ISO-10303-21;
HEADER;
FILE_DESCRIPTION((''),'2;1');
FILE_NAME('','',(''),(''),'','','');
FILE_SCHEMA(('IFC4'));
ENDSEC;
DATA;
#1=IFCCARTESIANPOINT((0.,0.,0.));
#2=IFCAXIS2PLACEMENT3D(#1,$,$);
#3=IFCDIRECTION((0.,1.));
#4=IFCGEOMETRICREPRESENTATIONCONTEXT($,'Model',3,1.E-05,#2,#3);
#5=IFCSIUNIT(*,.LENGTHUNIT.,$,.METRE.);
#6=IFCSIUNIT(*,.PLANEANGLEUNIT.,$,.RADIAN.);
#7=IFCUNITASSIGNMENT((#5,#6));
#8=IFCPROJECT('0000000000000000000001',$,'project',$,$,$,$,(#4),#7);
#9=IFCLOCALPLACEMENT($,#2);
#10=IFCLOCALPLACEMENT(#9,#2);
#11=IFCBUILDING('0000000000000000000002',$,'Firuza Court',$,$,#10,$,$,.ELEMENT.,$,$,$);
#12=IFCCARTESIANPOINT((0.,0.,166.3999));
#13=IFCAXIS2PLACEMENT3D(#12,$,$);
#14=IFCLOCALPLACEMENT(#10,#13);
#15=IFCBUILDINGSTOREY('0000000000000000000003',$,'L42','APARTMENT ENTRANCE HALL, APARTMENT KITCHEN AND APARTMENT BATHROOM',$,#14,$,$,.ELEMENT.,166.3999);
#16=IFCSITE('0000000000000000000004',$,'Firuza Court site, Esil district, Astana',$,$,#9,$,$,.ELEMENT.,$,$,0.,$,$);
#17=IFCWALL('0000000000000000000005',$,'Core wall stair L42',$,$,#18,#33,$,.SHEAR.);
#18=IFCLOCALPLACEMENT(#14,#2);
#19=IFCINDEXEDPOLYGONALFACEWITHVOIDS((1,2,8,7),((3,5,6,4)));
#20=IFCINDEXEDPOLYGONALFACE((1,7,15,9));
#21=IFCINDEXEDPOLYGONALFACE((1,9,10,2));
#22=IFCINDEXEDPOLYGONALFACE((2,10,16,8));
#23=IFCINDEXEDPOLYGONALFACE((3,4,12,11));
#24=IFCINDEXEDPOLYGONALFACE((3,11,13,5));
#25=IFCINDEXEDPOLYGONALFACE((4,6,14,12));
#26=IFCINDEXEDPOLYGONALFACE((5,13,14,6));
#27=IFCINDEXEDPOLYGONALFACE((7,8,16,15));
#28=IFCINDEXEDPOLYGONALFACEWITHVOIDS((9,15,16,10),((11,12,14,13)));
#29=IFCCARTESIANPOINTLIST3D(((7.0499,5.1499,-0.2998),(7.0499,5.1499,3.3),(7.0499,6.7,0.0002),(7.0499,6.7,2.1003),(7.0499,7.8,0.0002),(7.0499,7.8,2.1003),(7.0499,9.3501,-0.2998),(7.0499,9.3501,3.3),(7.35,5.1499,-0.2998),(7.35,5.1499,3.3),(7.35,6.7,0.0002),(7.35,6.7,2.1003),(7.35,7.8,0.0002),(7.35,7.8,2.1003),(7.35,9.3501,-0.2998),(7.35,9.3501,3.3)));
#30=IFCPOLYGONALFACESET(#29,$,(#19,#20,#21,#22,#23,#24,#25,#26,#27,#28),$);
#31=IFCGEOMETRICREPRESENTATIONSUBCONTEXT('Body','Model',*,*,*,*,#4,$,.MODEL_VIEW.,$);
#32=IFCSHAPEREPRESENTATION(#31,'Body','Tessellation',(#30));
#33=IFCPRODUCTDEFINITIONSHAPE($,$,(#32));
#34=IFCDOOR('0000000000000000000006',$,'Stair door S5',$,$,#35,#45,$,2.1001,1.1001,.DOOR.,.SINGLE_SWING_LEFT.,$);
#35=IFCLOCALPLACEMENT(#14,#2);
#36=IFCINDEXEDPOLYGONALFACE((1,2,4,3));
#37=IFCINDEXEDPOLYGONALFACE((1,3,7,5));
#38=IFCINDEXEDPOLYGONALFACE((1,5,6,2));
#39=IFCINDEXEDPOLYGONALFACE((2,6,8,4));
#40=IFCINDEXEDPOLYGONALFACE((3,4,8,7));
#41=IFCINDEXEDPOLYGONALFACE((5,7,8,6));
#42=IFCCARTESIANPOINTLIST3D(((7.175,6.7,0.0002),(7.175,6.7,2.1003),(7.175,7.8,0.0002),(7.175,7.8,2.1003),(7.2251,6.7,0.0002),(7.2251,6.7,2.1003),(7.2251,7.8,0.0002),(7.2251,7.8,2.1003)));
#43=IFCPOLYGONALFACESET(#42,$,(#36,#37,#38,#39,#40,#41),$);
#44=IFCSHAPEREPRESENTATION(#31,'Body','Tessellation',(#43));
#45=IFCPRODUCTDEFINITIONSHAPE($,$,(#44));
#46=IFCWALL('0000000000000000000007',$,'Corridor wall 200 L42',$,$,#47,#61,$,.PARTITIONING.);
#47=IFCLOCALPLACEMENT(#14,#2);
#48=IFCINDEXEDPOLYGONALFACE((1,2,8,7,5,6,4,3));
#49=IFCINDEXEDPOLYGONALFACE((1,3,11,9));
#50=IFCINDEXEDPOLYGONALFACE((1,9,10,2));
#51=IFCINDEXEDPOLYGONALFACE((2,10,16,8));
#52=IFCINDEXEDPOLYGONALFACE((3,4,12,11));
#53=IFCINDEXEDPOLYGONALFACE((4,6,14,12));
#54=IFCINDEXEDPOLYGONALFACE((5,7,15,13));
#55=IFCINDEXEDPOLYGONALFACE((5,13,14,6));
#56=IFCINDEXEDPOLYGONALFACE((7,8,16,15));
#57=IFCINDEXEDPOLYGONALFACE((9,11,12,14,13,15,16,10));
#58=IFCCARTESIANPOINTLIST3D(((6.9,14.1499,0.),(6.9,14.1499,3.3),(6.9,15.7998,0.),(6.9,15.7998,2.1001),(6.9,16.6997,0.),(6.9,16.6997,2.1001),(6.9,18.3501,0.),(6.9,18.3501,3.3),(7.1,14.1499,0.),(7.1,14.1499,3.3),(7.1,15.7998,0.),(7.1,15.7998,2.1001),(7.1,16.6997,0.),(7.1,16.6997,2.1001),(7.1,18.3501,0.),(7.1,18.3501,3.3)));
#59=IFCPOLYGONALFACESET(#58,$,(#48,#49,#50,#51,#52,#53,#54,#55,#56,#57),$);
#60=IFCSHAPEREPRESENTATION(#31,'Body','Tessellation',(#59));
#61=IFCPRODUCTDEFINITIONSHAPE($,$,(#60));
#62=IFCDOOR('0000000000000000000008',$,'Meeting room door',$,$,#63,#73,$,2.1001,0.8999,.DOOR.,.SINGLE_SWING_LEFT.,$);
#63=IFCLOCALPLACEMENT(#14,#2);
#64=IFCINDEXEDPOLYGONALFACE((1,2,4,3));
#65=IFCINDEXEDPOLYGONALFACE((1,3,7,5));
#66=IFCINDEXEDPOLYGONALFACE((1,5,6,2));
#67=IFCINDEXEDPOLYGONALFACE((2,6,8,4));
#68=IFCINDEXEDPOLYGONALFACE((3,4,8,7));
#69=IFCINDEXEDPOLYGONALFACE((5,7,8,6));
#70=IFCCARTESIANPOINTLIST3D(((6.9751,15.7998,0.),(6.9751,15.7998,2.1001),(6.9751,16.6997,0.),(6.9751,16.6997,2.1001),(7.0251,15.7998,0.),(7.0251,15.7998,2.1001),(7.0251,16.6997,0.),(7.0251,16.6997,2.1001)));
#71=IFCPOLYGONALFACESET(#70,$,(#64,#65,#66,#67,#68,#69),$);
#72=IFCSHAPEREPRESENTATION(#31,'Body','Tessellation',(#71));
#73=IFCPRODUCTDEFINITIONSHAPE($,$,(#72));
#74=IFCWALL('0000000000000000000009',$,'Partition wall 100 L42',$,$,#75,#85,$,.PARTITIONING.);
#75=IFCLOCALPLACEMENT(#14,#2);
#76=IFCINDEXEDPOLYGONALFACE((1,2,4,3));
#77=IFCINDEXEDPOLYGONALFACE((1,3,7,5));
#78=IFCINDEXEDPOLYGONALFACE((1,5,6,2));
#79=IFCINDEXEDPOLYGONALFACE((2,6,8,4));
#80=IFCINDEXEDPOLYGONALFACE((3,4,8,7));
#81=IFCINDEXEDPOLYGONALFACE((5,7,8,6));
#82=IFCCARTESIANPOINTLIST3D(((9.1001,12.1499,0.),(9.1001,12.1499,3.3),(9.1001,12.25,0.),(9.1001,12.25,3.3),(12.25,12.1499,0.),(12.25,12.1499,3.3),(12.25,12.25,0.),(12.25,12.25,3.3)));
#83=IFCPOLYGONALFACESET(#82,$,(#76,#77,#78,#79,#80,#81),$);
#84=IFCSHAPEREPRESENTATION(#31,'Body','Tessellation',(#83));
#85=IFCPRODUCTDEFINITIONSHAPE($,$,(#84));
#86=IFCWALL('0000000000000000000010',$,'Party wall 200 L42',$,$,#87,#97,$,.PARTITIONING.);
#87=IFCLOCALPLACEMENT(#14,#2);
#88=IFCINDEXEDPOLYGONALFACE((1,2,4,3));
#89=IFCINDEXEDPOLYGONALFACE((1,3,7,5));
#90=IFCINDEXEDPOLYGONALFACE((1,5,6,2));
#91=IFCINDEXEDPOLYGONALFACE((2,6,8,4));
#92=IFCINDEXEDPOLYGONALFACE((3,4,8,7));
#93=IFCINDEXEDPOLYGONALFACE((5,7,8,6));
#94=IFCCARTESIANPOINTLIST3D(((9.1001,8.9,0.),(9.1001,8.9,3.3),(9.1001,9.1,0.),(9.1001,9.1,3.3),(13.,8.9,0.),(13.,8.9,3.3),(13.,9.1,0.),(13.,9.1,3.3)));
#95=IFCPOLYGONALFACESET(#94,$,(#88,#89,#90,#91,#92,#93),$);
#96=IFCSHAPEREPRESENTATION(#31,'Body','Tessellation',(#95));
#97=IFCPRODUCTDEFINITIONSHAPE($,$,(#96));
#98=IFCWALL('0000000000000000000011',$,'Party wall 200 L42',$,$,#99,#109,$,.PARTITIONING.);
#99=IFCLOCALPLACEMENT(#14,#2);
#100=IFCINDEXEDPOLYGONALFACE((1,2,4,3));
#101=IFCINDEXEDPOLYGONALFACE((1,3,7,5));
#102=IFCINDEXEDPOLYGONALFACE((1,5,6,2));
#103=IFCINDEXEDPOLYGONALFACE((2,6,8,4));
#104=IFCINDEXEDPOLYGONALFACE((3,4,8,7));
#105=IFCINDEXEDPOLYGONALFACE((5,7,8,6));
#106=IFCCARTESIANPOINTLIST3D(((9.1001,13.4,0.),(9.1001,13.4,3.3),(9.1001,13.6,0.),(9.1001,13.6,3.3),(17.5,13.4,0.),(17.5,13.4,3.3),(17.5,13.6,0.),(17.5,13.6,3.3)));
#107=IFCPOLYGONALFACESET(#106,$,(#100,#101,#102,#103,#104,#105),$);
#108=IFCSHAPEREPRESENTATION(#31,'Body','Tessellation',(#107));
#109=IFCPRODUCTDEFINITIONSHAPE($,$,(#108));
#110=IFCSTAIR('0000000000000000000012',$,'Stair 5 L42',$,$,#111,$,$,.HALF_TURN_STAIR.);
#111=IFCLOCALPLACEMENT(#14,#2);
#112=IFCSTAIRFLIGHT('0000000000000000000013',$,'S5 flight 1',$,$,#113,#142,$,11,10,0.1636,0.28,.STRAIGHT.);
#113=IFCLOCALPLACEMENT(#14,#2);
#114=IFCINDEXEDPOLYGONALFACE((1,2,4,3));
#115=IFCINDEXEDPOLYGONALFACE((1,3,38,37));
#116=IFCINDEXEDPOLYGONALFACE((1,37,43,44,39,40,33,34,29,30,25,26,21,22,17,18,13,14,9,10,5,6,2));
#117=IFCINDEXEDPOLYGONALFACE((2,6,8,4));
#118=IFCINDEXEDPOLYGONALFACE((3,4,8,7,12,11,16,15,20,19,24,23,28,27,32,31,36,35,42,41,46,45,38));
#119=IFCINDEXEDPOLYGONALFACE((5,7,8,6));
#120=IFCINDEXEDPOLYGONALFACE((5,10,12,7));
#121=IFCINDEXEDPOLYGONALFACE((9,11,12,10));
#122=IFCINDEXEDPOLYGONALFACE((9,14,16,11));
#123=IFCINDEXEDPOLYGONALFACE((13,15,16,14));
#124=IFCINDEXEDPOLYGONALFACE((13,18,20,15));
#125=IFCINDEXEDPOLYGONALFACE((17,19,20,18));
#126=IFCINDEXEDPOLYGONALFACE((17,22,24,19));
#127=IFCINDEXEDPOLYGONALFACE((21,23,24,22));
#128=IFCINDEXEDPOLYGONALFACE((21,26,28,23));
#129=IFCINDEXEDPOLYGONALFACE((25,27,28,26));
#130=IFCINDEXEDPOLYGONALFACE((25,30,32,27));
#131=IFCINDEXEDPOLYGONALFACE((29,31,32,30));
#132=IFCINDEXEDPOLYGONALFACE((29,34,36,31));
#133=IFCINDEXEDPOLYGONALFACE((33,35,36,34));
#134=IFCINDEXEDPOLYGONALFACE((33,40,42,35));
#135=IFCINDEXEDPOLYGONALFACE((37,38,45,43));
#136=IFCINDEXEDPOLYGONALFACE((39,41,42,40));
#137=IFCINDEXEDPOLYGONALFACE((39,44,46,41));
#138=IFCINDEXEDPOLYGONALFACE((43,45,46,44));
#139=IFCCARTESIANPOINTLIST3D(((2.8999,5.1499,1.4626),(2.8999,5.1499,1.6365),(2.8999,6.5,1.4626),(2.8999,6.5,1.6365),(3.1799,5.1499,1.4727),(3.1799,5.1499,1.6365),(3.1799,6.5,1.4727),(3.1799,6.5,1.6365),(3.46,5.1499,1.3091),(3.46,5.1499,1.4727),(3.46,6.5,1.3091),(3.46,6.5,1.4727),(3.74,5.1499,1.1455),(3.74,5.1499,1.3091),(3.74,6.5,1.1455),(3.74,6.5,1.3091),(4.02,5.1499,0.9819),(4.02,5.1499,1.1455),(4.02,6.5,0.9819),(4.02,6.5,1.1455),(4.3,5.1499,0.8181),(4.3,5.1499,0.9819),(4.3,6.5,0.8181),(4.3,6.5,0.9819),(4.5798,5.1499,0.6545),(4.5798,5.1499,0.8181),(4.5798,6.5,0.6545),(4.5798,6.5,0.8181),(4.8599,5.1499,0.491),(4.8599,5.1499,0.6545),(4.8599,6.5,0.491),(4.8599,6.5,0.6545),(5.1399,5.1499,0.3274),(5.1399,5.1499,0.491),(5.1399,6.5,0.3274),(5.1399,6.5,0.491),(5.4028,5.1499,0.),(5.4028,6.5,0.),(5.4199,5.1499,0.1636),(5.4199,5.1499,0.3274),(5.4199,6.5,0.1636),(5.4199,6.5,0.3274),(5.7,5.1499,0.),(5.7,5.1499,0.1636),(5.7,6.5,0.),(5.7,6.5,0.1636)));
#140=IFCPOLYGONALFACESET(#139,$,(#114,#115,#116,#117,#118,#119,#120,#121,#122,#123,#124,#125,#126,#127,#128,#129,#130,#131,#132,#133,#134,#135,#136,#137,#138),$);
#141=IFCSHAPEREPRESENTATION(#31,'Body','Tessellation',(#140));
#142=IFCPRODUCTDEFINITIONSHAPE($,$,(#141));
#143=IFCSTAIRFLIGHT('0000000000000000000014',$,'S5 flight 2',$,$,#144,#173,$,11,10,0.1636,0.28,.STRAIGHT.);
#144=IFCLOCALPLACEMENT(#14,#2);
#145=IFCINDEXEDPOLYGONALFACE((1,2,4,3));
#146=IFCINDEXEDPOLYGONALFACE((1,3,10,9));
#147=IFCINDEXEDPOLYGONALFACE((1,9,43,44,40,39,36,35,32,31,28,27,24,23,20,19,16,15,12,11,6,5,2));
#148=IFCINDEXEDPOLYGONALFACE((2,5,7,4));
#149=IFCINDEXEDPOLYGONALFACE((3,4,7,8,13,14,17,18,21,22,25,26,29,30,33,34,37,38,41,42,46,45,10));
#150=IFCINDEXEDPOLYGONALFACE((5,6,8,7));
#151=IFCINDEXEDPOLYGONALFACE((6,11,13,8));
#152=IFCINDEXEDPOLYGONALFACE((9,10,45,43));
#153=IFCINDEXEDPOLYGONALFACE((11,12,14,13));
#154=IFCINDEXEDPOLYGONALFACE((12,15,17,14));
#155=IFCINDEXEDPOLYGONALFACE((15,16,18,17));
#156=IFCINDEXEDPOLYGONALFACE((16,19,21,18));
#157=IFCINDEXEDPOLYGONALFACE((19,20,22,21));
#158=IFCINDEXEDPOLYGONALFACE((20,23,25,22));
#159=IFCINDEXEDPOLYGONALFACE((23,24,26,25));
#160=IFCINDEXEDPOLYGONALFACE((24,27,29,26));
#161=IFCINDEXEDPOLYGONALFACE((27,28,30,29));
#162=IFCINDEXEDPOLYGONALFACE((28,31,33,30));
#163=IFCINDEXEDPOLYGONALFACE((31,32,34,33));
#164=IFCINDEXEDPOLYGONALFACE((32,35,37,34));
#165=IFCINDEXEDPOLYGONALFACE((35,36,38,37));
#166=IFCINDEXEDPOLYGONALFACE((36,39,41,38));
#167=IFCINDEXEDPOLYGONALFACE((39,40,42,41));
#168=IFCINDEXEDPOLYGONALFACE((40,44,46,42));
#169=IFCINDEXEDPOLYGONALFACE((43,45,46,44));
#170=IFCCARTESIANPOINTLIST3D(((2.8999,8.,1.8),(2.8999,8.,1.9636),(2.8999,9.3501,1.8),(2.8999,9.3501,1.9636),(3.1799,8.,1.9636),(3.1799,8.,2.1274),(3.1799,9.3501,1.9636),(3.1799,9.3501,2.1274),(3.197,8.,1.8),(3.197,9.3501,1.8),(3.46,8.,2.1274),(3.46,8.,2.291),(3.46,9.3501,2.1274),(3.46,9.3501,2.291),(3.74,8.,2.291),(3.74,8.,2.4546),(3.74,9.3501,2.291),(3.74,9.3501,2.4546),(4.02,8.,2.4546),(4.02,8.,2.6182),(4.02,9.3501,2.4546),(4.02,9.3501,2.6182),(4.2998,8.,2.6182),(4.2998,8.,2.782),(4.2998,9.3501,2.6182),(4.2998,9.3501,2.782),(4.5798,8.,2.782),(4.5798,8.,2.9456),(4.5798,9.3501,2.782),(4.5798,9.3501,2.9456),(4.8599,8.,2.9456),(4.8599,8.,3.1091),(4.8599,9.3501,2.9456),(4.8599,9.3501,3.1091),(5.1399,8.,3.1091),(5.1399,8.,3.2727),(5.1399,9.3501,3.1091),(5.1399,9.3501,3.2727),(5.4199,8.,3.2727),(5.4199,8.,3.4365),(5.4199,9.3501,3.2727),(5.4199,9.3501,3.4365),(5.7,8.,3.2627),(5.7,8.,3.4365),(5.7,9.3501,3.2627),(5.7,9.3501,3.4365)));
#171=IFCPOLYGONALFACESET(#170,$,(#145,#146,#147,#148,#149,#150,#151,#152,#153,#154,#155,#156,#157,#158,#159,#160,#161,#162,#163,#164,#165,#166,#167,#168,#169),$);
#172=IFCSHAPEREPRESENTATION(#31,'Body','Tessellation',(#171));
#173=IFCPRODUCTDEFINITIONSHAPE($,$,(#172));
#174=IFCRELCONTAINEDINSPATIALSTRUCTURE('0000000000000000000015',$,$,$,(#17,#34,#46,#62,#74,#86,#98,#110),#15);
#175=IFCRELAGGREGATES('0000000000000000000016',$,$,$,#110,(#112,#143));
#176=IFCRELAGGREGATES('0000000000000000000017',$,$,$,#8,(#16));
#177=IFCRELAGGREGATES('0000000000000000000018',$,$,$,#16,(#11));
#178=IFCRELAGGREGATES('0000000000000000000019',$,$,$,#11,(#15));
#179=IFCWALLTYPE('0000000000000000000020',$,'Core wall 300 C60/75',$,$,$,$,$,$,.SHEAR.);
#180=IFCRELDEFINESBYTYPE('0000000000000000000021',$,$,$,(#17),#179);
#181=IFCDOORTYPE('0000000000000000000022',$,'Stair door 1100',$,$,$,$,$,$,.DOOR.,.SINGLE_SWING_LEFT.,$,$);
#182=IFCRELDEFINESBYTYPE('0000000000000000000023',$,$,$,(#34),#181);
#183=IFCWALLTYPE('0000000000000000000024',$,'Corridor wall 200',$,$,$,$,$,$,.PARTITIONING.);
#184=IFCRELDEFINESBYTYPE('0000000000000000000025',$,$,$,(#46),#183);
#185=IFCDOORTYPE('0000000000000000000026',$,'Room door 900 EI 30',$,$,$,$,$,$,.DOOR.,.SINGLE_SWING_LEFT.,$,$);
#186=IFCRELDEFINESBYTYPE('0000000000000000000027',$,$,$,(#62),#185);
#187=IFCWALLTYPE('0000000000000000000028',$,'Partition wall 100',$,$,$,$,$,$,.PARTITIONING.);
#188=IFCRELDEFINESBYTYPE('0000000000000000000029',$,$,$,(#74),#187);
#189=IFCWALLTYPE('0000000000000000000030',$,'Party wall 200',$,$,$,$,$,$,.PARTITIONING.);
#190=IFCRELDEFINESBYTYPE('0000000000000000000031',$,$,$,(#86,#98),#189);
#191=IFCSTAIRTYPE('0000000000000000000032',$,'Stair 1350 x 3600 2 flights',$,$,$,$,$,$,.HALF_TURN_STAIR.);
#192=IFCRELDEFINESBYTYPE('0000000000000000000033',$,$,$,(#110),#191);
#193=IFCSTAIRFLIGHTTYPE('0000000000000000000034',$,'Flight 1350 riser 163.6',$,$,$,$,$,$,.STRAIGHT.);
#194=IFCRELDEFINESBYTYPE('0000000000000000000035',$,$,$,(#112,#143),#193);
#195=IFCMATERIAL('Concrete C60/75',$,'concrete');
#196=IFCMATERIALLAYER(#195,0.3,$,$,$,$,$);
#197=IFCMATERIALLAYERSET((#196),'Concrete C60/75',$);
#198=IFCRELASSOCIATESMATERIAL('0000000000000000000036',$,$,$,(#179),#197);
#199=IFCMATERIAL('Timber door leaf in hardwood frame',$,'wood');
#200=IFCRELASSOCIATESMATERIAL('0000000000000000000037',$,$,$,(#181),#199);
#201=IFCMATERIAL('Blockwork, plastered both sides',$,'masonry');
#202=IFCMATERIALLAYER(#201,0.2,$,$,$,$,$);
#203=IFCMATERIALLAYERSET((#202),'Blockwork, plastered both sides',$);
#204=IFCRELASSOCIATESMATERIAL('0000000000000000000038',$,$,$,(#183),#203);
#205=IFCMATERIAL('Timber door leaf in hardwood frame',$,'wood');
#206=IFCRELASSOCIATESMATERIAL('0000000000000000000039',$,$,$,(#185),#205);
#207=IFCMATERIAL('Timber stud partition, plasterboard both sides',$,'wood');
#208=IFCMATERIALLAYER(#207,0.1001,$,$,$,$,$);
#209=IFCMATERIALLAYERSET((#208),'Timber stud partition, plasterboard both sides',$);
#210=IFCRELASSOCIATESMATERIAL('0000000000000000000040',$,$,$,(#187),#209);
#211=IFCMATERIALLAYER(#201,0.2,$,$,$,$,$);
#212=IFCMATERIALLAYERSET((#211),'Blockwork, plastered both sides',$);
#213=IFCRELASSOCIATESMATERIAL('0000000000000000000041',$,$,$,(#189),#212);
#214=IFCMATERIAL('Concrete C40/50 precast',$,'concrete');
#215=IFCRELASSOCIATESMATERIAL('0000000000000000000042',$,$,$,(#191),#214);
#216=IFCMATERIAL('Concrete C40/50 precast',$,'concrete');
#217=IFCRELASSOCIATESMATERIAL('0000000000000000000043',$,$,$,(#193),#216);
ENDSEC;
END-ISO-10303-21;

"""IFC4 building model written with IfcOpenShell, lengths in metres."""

from ifc_helpers import new_model, si_unit, direction, frame, frame_2d, origin, place, context, subcontext, project, spatial, polyline, rectangle, outline, extrude, material, layer, layer_set, type_object, element, fill, aggregate, save


model = new_model("IFC4")

# Units and contexts
model_context = context("Model", 3, precision=1e-05, world=origin(), true_north=direction((0.0, 1.0)))
body_context = subcontext(model_context, "Body", "Model", "MODEL_VIEW")
ifc_project = project(units=[si_unit("LENGTHUNIT", "METRE"), si_unit("PLANEANGLEUNIT", "RADIAN")], contexts=[model_context])

# Site, building, storey
site_placement = place(None, origin())
site = spatial("IfcSite", under=ifc_project, at=site_placement, Name="Firuza Court site, Esil district, Astana", CompositionType="ELEMENT", RefElevation=0.0)
building_placement = place(site_placement, origin())
building = spatial("IfcBuilding", under=site, at=building_placement, Name="Firuza Court", CompositionType="ELEMENT")
storey_placement = place(building_placement, frame((0.0, 0.0, 166.3999)))
storey = spatial("IfcBuildingStorey", under=building, at=storey_placement, Name="L42", Description="APARTMENT ENTRANCE HALL, APARTMENT KITCHEN AND APARTMENT BATHROOM", CompositionType="ELEMENT", Elevation=166.3999)

# Shared definitions
ifc_material_1 = material(Name="Concrete C60/75", Category="concrete")
ifc_layer_1 = layer(ifc_material_1, 0.3)
ifc_layer_set_1 = layer_set([ifc_layer_1], Name="Concrete C60/75")
wall_type_1 = type_object("IfcWallType", Name="Core wall 300 C60/75", PredefinedType="SHEAR", material=ifc_layer_set_1)

# Walls, openings, doors
wall_1_placement = place(storey_placement, frame((7.2, 5.1499, -0.2998), z_axis=(0.0, 0.0, 1.0), x_axis=(0.0, 1.0, 0.0)))
wall_1 = element("IfcWall", 1, at=wall_1_placement, inside=storey, type_object=wall_type_1, Name="Core wall stair L42", PredefinedType="SHEAR", context=body_context, shape_type="SweptSolid", body=[
    extrude(rectangle(XDim=4.2002, YDim=0.3, at=frame_2d((2.1001, 0.0))), origin(), (0.0, 0.0, 1.0), 3.5999),
])
opening_1_placement = place(wall_1_placement, frame((1.55, 0.0, 0.3)))
opening_1 = element("IfcOpeningElement", 2, at=opening_1_placement, cuts=wall_1, PredefinedType="OPENING", context=body_context, shape_type="SweptSolid", body=[
    extrude(rectangle(XDim=1.1001, YDim=2.1001, at=frame_2d((0.55, 1.05))), frame((0.0, 0.1621, 0.0), z_axis=(0.0, -1.0, 0.0), x_axis=(1.0, 0.0, 0.0)), (0.0, 0.0, 1.0), 0.324),
])
ifc_material_2 = material(Name="Timber door leaf in hardwood frame", Category="wood")
door_type_1 = type_object("IfcDoorType", Name="Stair door 1100", OperationType="SINGLE_SWING_LEFT", PredefinedType="DOOR", material=ifc_material_2)
door_1_placement = place(opening_1_placement, origin())
door_1 = element("IfcDoor", 3, at=door_1_placement, inside=storey, type_object=door_type_1, Name="Stair door S5", OperationType="SINGLE_SWING_LEFT", OverallHeight=2.1001, OverallWidth=1.1001, PredefinedType="DOOR", context=body_context, shape_type="SweptSolid", body=[
    extrude(rectangle(XDim=1.1001, YDim=2.1001, at=frame_2d((0.55, 1.05))), frame((0.0, 0.0249, 0.0), z_axis=(0.0, -1.0, 0.0), x_axis=(1.0, 0.0, 0.0)), (0.0, 0.0, 1.0), 0.05),
])
fill(opening_1, door_1)
ifc_material_3 = material(Name="Blockwork, plastered both sides", Category="masonry")
ifc_layer_2 = layer(ifc_material_3, 0.2)
ifc_layer_set_2 = layer_set([ifc_layer_2], Name="Blockwork, plastered both sides")
wall_type_2 = type_object("IfcWallType", Name="Corridor wall 200", PredefinedType="PARTITIONING", material=ifc_layer_set_2)
wall_2_placement = place(storey_placement, frame((7.0, 14.1499, 0.0), z_axis=(0.0, 0.0, 1.0), x_axis=(0.0, 1.0, 0.0)))
wall_2 = element("IfcWall", 4, at=wall_2_placement, inside=storey, type_object=wall_type_2, Name="Corridor wall 200 L42", PredefinedType="PARTITIONING", context=body_context, shape_type="SweptSolid", body=[
    extrude(rectangle(XDim=4.2002, YDim=0.2, at=frame_2d((2.1001, 0.0))), origin(), (0.0, 0.0, 1.0), 3.3),
])
opening_2_placement = place(wall_2_placement, frame((1.6499, 0.0, 0.0)))
opening_2 = element("IfcOpeningElement", 5, at=opening_2_placement, cuts=wall_2, PredefinedType="OPENING", context=body_context, shape_type="SweptSolid", body=[
    extrude(rectangle(XDim=0.8999, YDim=2.1001, at=frame_2d((0.45, 1.05))), frame((0.0, 0.1118, 0.0), z_axis=(0.0, -1.0, 0.0), x_axis=(1.0, 0.0, 0.0)), (0.0, 0.0, 1.0), 0.2239),
])
ifc_material_4 = material(Name="Timber door leaf in hardwood frame", Category="wood")
door_type_2 = type_object("IfcDoorType", Name="Room door 900 EI 30", OperationType="SINGLE_SWING_LEFT", PredefinedType="DOOR", material=ifc_material_4)
door_2_placement = place(opening_2_placement, origin())
door_2 = element("IfcDoor", 6, at=door_2_placement, inside=storey, type_object=door_type_2, Name="Meeting room door", OperationType="SINGLE_SWING_LEFT", OverallHeight=2.1001, OverallWidth=0.8999, PredefinedType="DOOR", context=body_context, shape_type="SweptSolid", body=[
    extrude(rectangle(XDim=0.8999, YDim=2.1001, at=frame_2d((0.45, 1.05))), frame((0.0, 0.0249, 0.0), z_axis=(0.0, -1.0, 0.0), x_axis=(1.0, 0.0, 0.0)), (0.0, 0.0, 1.0), 0.05),
])
fill(opening_2, door_2)

# Walls
ifc_material_5 = material(Name="Timber stud partition, plasterboard both sides", Category="wood")
ifc_layer_3 = layer(ifc_material_5, 0.1001)
ifc_layer_set_3 = layer_set([ifc_layer_3], Name="Timber stud partition, plasterboard both sides")
wall_type_3 = type_object("IfcWallType", Name="Partition wall 100", PredefinedType="PARTITIONING", material=ifc_layer_set_3)
wall_3_placement = place(storey_placement, frame((9.1001, 12.2, 0.0), z_axis=(0.0, 0.0, 1.0), x_axis=(1.0, 0.0, 0.0)))
element("IfcWall", 7, at=wall_3_placement, inside=storey, type_object=wall_type_3, Name="Partition wall 100 L42", PredefinedType="PARTITIONING", context=body_context, shape_type="SweptSolid", body=[
    extrude(rectangle(XDim=3.1499, YDim=0.1001, at=frame_2d((1.575, 0.0))), origin(), (0.0, 0.0, 1.0), 3.3),
])
ifc_layer_4 = layer(ifc_material_3, 0.2)
ifc_layer_set_4 = layer_set([ifc_layer_4], Name="Blockwork, plastered both sides")
wall_type_4 = type_object("IfcWallType", Name="Party wall 200", PredefinedType="PARTITIONING", material=ifc_layer_set_4)
wall_4_placement = place(storey_placement, frame((9.1001, 9.0, 0.0), z_axis=(0.0, 0.0, 1.0), x_axis=(1.0, 0.0, 0.0)))
element("IfcWall", 8, at=wall_4_placement, inside=storey, type_object=wall_type_4, Name="Party wall 200 L42", PredefinedType="PARTITIONING", context=body_context, shape_type="SweptSolid", body=[
    extrude(rectangle(XDim=3.8999, YDim=0.2, at=frame_2d((1.95, 0.0))), origin(), (0.0, 0.0, 1.0), 3.3),
])
wall_5_placement = place(storey_placement, frame((9.1001, 13.5, 0.0), z_axis=(0.0, 0.0, 1.0), x_axis=(1.0, 0.0, 0.0)))
element("IfcWall", 9, at=wall_5_placement, inside=storey, type_object=wall_type_4, Name="Party wall 200 L42", PredefinedType="PARTITIONING", context=body_context, shape_type="SweptSolid", body=[
    extrude(rectangle(XDim=8.3999, YDim=0.2, at=frame_2d((4.2, 0.0))), origin(), (0.0, 0.0, 1.0), 3.3),
])

# Stair, stair flights
ifc_material_6 = material(Name="Concrete C40/50 precast", Category="concrete")
stair_type = type_object("IfcStairType", Name="Stair 1350 x 3600 2 flights", PredefinedType="HALF_TURN_STAIR", material=ifc_material_6)
stair_placement = place(storey_placement, origin())
stair = element("IfcStair", 10, at=stair_placement, inside=storey, type_object=stair_type, Name="Stair 5 L42", PredefinedType="HALF_TURN_STAIR")
ifc_material_7 = material(Name="Concrete C40/50 precast", Category="concrete")
stair_flight_type = type_object("IfcStairFlightType", Name="Flight 1350 riser 163.6", PredefinedType="STRAIGHT", material=ifc_material_7)
stair_flight_1_placement = place(storey_placement, frame((5.7, 5.825, 0.0), z_axis=(0.0, 0.0, 1.0), x_axis=(-1.0, 0.0, 0.0)))
stair_flight_1 = element("IfcStairFlight", 11, at=stair_flight_1_placement, type_object=stair_flight_type, Name="S5 flight 1", NumberOfRisers=11, NumberOfTreads=10, PredefinedType="STRAIGHT", RiserHeight=0.1636, TreadLength=0.28, context=body_context, shape_type="SweptSolid", body=[
    extrude(outline(polyline([(0.0, 0.0), (0.0, 0.1636), (0.28, 0.1636), (0.28, 0.3274), (0.5601, 0.3274), (0.5601, 0.491), (0.8401, 0.491), (0.8401, 0.6545), (1.1201, 0.6545), (1.1201, 0.8181), (1.3999, 0.8181), (1.3999, 0.9819), (1.6799, 0.9819), (1.6799, 1.1455), (1.96, 1.1455), (1.96, 1.3091), (2.24, 1.3091), (2.24, 1.4727), (2.52, 1.4727), (2.52, 1.6365), (2.8, 1.6365), (2.8, 1.8), (2.8, 1.4626), (0.2971, 0.0), (0.0, 0.0)])), frame((0.0, 0.675, 0.0), z_axis=(0.0, -1.0, 0.0), x_axis=(1.0, 0.0, 0.0)), (0.0, 0.0, 1.0), 1.3501),
])
stair_flight_2_placement = place(storey_placement, frame((2.8999, 8.675, 1.8), z_axis=(0.0, 0.0, 1.0), x_axis=(1.0, 0.0, 0.0)))
stair_flight_2 = element("IfcStairFlight", 12, at=stair_flight_2_placement, type_object=stair_flight_type, Name="S5 flight 2", NumberOfRisers=11, NumberOfTreads=10, PredefinedType="STRAIGHT", RiserHeight=0.1636, TreadLength=0.28, context=body_context, shape_type="SweptSolid", body=[
    extrude(outline(polyline([(0.0, 0.0), (0.0, 0.1636), (0.28, 0.1636), (0.28, 0.3274), (0.5601, 0.3274), (0.5601, 0.491), (0.8401, 0.491), (0.8401, 0.6545), (1.1201, 0.6545), (1.1201, 0.8181), (1.3999, 0.8181), (1.3999, 0.9819), (1.6799, 0.9819), (1.6799, 1.1455), (1.96, 1.1455), (1.96, 1.3091), (2.24, 1.3091), (2.24, 1.4727), (2.52, 1.4727), (2.52, 1.6365), (2.8, 1.6365), (2.8, 1.8), (2.8, 1.4626), (0.2971, 0.0), (0.0, 0.0)])), frame((0.0, 0.675, 0.0), z_axis=(0.0, -1.0, 0.0), x_axis=(1.0, 0.0, 0.0)), (0.0, 0.0, 1.0), 1.3501),
])
aggregate(stair, [stair_flight_1, stair_flight_2])

save(model, "model.ifc")
